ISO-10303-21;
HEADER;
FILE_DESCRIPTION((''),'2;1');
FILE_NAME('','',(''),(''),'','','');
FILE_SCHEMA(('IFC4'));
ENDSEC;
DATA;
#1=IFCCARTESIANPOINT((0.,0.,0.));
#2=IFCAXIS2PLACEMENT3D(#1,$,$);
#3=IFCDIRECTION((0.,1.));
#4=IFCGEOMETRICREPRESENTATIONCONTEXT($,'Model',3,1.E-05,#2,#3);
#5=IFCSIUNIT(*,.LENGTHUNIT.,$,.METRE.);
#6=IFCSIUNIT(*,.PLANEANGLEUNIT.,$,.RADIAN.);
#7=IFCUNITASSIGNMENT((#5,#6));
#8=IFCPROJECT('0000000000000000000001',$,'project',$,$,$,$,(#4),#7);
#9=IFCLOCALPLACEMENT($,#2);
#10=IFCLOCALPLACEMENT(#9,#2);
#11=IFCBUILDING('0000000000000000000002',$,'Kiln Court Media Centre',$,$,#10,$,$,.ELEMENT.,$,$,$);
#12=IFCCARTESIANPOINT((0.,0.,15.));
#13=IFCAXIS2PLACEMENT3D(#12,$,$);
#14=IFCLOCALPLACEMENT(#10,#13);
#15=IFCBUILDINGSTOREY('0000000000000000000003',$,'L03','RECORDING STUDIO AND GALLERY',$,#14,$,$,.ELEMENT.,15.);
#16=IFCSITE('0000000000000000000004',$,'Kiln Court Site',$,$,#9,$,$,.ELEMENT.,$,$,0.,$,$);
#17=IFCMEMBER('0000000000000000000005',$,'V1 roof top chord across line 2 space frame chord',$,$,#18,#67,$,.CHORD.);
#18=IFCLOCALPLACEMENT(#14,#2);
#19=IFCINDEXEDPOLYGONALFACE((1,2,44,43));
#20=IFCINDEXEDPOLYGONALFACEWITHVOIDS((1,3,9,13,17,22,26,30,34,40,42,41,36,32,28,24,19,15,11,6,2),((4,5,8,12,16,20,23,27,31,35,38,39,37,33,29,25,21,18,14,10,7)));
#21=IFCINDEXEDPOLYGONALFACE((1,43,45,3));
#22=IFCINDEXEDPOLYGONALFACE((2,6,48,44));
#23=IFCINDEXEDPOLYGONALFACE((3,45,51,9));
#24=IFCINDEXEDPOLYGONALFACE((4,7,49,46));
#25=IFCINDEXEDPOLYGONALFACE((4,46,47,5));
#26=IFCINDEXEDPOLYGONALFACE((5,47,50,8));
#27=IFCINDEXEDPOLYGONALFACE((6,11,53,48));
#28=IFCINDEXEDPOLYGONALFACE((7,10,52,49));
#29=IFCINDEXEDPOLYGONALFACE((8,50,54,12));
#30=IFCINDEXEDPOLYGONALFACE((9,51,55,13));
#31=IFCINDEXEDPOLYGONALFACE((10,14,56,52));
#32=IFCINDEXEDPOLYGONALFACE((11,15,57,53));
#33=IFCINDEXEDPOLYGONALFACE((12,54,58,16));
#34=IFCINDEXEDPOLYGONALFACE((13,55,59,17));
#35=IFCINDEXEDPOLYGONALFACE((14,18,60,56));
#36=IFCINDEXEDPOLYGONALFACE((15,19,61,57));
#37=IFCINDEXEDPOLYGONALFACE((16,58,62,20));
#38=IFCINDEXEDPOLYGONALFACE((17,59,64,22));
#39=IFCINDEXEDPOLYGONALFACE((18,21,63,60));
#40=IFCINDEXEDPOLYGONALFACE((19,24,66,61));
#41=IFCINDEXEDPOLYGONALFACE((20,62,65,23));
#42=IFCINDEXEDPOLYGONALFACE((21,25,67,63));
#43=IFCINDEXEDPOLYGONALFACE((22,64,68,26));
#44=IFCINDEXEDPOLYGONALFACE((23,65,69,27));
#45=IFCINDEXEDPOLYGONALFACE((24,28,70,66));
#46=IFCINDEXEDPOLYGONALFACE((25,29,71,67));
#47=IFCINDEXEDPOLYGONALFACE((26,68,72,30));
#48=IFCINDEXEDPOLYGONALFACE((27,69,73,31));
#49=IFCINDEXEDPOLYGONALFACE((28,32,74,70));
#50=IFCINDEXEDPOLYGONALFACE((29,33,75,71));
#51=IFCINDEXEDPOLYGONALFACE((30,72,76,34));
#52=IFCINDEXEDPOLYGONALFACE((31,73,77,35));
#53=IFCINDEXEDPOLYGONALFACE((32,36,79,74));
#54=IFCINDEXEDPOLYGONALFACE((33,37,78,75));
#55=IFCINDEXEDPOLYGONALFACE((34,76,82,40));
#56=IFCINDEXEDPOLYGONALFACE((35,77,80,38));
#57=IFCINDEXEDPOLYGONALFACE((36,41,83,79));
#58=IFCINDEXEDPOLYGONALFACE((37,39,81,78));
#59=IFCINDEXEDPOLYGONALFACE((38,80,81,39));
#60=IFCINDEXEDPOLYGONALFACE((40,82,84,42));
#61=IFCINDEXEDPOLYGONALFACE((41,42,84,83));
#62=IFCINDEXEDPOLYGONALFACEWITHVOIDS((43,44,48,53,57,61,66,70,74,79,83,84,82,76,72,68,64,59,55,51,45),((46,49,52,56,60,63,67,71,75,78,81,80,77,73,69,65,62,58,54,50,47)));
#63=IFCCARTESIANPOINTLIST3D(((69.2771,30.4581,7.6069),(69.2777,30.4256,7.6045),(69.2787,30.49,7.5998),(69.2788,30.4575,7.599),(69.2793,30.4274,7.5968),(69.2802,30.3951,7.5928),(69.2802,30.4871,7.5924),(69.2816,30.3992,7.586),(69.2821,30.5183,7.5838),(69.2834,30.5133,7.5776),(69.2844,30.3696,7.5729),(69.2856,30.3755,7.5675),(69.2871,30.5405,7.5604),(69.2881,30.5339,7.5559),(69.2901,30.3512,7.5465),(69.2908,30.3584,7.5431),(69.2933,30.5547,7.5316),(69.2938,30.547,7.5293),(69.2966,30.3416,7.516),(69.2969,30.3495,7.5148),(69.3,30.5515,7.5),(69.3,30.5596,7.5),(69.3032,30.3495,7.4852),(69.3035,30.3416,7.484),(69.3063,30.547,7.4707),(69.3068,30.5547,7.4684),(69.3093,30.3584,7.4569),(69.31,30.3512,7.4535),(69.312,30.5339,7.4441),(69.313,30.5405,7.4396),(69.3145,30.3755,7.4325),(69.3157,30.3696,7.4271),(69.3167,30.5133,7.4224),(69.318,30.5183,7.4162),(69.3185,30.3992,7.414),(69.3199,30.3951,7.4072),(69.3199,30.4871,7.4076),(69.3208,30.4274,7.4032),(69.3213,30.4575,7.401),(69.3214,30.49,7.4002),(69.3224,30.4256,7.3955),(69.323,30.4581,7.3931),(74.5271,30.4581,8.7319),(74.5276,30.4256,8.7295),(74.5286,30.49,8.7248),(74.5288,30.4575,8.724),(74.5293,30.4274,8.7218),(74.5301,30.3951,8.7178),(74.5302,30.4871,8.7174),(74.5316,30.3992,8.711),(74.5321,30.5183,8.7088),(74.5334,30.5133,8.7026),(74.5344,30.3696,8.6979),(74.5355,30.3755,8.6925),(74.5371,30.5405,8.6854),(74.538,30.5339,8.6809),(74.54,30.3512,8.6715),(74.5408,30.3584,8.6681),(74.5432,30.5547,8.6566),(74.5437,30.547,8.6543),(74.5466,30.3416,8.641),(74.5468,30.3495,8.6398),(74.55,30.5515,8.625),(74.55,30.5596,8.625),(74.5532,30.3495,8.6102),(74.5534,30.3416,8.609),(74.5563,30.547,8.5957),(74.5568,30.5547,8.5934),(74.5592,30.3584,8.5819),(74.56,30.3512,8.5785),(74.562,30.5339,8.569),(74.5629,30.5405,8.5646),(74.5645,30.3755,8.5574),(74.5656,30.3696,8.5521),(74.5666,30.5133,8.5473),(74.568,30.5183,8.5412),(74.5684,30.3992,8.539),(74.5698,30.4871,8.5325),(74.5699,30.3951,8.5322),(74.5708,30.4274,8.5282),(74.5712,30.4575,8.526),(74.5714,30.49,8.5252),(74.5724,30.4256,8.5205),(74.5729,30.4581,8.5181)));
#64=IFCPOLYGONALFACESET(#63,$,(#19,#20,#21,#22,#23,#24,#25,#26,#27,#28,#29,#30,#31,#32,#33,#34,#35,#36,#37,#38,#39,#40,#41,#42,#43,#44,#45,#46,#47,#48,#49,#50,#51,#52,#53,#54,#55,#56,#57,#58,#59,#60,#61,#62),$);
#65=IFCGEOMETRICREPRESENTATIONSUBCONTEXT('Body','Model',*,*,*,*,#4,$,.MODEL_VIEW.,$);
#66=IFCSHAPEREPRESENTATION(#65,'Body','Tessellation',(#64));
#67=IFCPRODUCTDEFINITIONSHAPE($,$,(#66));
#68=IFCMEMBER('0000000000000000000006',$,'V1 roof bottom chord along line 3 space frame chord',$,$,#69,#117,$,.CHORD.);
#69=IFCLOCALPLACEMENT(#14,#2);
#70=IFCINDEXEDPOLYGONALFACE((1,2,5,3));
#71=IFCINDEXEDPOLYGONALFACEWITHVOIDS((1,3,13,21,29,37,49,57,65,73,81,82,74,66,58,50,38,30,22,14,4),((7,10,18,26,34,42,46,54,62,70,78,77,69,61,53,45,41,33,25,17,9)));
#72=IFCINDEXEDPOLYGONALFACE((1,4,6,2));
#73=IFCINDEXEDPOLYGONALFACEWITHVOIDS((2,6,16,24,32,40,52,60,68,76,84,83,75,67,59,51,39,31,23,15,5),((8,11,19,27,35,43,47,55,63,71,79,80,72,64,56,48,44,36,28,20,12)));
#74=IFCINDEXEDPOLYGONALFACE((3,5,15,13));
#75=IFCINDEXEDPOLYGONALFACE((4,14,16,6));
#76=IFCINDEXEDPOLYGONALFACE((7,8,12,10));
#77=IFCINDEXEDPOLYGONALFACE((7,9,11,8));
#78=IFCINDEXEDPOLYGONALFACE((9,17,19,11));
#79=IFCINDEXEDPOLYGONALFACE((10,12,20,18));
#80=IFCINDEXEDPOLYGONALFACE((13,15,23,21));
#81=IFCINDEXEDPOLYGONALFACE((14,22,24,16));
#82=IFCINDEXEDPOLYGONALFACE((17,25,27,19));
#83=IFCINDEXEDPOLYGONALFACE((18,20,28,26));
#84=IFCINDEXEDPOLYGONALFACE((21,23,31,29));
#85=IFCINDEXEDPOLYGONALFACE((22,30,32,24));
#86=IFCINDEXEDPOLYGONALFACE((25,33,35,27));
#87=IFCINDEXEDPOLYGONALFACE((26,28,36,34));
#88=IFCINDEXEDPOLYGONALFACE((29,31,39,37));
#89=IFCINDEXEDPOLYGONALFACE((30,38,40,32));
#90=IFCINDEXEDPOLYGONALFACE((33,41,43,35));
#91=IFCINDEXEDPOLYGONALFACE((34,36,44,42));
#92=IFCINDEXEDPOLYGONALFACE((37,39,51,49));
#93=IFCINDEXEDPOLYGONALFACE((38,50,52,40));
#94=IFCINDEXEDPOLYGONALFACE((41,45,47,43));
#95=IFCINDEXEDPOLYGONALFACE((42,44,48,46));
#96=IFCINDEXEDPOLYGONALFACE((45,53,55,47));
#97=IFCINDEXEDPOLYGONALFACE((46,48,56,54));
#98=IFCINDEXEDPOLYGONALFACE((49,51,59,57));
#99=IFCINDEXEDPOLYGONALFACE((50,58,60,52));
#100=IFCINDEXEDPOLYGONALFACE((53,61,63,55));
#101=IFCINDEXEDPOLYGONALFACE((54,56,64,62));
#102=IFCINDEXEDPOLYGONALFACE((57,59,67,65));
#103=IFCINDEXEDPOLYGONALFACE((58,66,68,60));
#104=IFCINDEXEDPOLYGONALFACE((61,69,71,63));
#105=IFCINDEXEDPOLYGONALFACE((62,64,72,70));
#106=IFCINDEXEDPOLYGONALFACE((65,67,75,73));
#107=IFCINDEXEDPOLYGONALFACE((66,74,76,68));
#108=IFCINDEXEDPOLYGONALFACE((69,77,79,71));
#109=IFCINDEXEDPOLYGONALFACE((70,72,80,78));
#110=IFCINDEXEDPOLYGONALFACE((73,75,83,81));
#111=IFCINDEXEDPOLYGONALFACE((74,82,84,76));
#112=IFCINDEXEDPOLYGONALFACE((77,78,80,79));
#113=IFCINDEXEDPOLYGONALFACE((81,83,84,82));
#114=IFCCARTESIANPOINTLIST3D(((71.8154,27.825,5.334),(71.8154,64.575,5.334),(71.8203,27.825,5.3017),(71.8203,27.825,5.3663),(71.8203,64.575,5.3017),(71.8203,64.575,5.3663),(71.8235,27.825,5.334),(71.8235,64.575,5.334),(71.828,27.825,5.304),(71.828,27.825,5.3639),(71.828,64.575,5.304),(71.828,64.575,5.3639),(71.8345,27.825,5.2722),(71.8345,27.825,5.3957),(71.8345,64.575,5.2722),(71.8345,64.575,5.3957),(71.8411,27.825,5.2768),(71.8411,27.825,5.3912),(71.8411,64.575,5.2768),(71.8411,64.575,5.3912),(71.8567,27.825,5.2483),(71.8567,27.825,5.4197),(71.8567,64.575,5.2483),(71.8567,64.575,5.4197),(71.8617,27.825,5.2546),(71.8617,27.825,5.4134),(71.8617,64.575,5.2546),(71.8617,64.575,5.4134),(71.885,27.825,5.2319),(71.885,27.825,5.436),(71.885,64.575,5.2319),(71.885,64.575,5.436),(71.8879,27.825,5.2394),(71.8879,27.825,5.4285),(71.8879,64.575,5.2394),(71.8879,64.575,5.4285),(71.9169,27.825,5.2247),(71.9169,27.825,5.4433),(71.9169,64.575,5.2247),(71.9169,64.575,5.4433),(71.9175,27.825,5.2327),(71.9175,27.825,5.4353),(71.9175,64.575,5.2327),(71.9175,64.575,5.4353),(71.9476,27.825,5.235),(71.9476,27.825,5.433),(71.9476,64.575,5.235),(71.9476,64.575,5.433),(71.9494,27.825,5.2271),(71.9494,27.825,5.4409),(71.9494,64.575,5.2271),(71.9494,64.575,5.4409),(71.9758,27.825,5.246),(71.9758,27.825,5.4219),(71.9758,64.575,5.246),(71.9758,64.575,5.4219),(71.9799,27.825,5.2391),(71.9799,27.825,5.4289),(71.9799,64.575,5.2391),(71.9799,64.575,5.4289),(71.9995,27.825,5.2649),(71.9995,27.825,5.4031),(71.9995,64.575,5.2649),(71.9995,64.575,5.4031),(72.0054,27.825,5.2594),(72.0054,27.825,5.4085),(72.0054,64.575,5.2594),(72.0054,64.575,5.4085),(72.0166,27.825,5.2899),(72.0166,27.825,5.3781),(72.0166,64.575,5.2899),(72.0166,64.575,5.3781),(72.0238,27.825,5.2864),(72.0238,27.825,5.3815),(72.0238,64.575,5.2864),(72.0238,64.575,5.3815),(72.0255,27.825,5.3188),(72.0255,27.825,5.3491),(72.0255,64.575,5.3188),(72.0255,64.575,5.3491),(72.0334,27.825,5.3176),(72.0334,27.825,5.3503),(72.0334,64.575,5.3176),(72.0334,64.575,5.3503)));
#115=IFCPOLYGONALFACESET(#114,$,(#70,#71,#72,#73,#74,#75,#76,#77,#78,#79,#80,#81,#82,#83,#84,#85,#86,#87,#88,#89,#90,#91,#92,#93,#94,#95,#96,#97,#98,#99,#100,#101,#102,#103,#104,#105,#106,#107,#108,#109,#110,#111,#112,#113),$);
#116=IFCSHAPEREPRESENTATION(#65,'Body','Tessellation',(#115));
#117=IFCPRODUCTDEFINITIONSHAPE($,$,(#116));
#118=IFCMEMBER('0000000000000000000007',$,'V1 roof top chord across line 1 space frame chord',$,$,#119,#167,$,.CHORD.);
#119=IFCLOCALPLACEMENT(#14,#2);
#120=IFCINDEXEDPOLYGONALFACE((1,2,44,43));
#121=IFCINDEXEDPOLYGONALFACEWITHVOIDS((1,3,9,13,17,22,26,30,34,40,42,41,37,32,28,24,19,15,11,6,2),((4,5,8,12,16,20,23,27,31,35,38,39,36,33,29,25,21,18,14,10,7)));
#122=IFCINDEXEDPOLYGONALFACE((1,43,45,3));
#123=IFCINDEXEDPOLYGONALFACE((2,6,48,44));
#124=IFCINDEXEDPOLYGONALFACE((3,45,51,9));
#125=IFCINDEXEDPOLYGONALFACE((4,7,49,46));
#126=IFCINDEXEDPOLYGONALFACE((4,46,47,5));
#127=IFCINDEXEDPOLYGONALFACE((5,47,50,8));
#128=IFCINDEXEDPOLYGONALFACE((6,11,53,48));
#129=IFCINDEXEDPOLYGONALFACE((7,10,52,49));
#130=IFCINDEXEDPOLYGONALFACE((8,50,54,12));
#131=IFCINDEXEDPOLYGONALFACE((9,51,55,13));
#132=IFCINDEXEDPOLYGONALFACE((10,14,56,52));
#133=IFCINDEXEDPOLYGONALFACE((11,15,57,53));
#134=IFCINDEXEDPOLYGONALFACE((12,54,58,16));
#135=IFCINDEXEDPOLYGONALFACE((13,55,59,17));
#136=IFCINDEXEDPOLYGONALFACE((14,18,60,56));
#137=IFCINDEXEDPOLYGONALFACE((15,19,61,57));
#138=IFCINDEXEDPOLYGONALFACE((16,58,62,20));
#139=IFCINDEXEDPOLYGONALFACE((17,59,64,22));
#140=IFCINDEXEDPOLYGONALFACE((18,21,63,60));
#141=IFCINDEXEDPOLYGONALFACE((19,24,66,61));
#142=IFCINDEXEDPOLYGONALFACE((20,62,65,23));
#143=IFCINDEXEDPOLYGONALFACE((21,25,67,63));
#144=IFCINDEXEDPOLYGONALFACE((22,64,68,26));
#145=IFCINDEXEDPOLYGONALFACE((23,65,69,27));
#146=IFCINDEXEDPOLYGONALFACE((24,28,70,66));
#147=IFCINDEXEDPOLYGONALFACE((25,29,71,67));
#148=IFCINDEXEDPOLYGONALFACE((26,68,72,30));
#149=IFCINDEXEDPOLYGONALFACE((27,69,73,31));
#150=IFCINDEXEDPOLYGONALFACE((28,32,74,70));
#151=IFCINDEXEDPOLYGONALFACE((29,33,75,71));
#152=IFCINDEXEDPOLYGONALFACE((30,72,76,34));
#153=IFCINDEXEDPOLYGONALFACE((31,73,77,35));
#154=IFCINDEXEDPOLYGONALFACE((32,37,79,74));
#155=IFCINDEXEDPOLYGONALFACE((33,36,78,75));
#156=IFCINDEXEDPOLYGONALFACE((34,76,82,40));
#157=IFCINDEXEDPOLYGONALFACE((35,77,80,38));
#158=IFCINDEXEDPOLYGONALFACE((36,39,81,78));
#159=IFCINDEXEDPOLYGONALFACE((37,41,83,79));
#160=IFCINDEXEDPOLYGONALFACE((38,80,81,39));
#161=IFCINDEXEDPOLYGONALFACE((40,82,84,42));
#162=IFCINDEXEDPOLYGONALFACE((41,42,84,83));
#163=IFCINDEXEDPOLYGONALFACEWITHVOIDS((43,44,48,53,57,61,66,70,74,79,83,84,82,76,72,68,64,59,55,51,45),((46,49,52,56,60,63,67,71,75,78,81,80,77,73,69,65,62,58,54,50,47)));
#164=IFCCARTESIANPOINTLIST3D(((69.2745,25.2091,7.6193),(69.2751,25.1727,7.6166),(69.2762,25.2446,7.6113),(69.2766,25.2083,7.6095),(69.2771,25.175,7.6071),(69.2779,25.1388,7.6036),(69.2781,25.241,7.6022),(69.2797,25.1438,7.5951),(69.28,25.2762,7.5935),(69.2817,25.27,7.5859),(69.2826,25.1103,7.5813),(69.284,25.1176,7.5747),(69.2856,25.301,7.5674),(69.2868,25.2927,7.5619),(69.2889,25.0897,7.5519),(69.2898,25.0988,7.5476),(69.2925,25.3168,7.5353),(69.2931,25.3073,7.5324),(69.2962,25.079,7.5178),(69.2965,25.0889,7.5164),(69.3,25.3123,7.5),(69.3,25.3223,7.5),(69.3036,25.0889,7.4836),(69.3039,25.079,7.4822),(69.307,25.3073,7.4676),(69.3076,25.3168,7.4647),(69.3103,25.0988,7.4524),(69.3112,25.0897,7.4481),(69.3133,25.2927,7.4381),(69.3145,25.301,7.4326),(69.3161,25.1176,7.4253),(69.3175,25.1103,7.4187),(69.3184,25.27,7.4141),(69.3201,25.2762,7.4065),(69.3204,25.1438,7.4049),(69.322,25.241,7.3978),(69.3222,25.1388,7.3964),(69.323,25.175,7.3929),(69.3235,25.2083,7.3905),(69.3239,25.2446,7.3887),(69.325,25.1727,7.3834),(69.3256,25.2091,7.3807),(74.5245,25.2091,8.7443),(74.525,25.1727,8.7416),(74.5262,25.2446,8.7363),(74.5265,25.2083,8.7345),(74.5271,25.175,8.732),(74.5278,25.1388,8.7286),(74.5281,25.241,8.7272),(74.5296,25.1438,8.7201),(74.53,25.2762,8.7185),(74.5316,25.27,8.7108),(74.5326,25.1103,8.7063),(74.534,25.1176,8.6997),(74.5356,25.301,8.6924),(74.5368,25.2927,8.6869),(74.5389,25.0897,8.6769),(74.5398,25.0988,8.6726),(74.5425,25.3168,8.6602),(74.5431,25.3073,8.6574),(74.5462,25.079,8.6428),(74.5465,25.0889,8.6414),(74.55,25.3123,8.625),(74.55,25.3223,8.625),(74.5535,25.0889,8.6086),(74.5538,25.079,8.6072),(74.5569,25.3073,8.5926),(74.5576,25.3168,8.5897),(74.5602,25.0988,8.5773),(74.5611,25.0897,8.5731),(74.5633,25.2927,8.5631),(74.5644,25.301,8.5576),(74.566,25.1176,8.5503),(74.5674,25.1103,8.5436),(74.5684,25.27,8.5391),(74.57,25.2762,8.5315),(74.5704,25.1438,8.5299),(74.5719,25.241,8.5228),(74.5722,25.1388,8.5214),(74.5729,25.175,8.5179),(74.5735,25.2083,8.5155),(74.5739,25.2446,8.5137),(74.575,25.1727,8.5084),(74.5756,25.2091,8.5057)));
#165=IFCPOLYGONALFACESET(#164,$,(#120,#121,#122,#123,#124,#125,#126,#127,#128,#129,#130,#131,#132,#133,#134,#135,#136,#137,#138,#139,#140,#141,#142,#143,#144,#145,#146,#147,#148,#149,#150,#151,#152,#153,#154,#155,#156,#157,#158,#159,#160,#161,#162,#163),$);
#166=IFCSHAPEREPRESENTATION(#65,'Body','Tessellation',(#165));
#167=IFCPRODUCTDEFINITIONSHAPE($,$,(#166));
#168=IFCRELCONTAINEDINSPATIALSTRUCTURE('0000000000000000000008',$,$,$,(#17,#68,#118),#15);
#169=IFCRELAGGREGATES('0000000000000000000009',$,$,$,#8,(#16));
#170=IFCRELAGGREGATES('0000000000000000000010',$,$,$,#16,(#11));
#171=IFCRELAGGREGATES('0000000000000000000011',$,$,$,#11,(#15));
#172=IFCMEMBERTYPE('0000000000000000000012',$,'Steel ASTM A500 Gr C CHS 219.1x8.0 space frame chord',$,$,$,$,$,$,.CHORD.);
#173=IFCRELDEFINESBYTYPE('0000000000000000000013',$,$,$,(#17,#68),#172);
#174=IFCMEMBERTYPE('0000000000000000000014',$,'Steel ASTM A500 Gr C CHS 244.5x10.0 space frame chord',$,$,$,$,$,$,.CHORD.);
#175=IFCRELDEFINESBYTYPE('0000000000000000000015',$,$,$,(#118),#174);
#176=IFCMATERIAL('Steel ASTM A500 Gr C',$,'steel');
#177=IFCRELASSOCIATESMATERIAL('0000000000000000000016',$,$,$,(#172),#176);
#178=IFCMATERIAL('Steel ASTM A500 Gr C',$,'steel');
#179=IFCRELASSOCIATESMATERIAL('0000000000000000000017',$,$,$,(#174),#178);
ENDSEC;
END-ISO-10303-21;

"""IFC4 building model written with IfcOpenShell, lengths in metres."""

from ifc_helpers import new_model, si_unit, direction, frame, origin, origin_2d, place, context, subcontext, project, spatial, hollow_circle, extrude, material, material_profile, profile_set, type_object, element, save


model = new_model("IFC4")

# Units and contexts
model_context = context("Model", 3, precision=1e-05, world=origin(), true_north=direction((0.0, 1.0)))
body_context = subcontext(model_context, "Body", "Model", "MODEL_VIEW")
ifc_project = project(units=[si_unit("LENGTHUNIT", "METRE"), si_unit("PLANEANGLEUNIT", "RADIAN")], contexts=[model_context])

# Site, building, storey
site_placement = place(None, origin())
site = spatial("IfcSite", under=ifc_project, at=site_placement, Name="Kiln Court Site", CompositionType="ELEMENT", RefElevation=0.0)
building_placement = place(site_placement, origin())
building = spatial("IfcBuilding", under=site, at=building_placement, Name="Kiln Court Media Centre", CompositionType="ELEMENT")
storey_placement = place(building_placement, frame((0.0, 0.0, 15.0)))
storey = spatial("IfcBuildingStorey", under=building, at=storey_placement, Name="L03", Description="RECORDING STUDIO AND GALLERY", CompositionType="ELEMENT", Elevation=15.0)

# Members
ifc_material_1 = material(Name="Steel ASTM A500 Gr C", Category="steel")
ifc_material_profile_1 = material_profile(ifc_material_1, hollow_circle(Radius=0.1096, WallThickness=0.0081, at=origin_2d()), Name="CHS 219.1x8.0")
ifc_profile_set_1 = profile_set([ifc_material_profile_1], Name="Steel ASTM A500 Gr C")
member_type_1 = type_object("IfcMemberType", Name="Steel ASTM A500 Gr C CHS 219.1x8.0 space frame chord", PredefinedType="CHORD", material=ifc_profile_set_1)
member_1_placement = place(storey_placement, frame((69.3, 30.45, 7.5), z_axis=(0.977802, 0.0, 0.209529), x_axis=(0.0, 1.0, 0.0)))
element("IfcMember", 1, at=member_1_placement, inside=storey, type_object=member_type_1, Name="V1 roof top chord across line 2 space frame chord", PredefinedType="CHORD", context=body_context, shape_type="SweptSolid", body=[
    extrude(hollow_circle(Radius=0.1096, WallThickness=0.0081, at=origin_2d()), origin(), (0.0, 0.0, 1.0), 5.3691),
])
member_2_placement = place(storey_placement, frame((71.925, 27.825, 5.334), z_axis=(0.0, 1.0, 0.0), x_axis=(-1.0, 0.0, 0.0)))
element("IfcMember", 2, at=member_2_placement, inside=storey, type_object=member_type_1, Name="V1 roof bottom chord along line 3 space frame chord", PredefinedType="CHORD", context=body_context, shape_type="SweptSolid", body=[
    extrude(hollow_circle(Radius=0.1096, WallThickness=0.0081, at=origin_2d()), origin(), (0.0, 0.0, 1.0), 36.75),
])
ifc_material_2 = material(Name="Steel ASTM A500 Gr C", Category="steel")
ifc_material_profile_2 = material_profile(ifc_material_2, hollow_circle(Radius=0.1223, WallThickness=0.01, at=origin_2d()), Name="CHS 244.5x10.0")
ifc_profile_set_2 = profile_set([ifc_material_profile_2], Name="Steel ASTM A500 Gr C")
member_type_2 = type_object("IfcMemberType", Name="Steel ASTM A500 Gr C CHS 244.5x10.0 space frame chord", PredefinedType="CHORD", material=ifc_profile_set_2)
member_3_placement = place(storey_placement, frame((69.3, 25.2, 7.5), z_axis=(0.977802, 0.0, 0.209529), x_axis=(0.0, 1.0, 0.0)))
element("IfcMember", 3, at=member_3_placement, inside=storey, type_object=member_type_2, Name="V1 roof top chord across line 1 space frame chord", PredefinedType="CHORD", context=body_context, shape_type="SweptSolid", body=[
    extrude(hollow_circle(Radius=0.1223, WallThickness=0.01, at=origin_2d()), origin(), (0.0, 0.0, 1.0), 5.3691),
])

save(model, "model.ifc")
